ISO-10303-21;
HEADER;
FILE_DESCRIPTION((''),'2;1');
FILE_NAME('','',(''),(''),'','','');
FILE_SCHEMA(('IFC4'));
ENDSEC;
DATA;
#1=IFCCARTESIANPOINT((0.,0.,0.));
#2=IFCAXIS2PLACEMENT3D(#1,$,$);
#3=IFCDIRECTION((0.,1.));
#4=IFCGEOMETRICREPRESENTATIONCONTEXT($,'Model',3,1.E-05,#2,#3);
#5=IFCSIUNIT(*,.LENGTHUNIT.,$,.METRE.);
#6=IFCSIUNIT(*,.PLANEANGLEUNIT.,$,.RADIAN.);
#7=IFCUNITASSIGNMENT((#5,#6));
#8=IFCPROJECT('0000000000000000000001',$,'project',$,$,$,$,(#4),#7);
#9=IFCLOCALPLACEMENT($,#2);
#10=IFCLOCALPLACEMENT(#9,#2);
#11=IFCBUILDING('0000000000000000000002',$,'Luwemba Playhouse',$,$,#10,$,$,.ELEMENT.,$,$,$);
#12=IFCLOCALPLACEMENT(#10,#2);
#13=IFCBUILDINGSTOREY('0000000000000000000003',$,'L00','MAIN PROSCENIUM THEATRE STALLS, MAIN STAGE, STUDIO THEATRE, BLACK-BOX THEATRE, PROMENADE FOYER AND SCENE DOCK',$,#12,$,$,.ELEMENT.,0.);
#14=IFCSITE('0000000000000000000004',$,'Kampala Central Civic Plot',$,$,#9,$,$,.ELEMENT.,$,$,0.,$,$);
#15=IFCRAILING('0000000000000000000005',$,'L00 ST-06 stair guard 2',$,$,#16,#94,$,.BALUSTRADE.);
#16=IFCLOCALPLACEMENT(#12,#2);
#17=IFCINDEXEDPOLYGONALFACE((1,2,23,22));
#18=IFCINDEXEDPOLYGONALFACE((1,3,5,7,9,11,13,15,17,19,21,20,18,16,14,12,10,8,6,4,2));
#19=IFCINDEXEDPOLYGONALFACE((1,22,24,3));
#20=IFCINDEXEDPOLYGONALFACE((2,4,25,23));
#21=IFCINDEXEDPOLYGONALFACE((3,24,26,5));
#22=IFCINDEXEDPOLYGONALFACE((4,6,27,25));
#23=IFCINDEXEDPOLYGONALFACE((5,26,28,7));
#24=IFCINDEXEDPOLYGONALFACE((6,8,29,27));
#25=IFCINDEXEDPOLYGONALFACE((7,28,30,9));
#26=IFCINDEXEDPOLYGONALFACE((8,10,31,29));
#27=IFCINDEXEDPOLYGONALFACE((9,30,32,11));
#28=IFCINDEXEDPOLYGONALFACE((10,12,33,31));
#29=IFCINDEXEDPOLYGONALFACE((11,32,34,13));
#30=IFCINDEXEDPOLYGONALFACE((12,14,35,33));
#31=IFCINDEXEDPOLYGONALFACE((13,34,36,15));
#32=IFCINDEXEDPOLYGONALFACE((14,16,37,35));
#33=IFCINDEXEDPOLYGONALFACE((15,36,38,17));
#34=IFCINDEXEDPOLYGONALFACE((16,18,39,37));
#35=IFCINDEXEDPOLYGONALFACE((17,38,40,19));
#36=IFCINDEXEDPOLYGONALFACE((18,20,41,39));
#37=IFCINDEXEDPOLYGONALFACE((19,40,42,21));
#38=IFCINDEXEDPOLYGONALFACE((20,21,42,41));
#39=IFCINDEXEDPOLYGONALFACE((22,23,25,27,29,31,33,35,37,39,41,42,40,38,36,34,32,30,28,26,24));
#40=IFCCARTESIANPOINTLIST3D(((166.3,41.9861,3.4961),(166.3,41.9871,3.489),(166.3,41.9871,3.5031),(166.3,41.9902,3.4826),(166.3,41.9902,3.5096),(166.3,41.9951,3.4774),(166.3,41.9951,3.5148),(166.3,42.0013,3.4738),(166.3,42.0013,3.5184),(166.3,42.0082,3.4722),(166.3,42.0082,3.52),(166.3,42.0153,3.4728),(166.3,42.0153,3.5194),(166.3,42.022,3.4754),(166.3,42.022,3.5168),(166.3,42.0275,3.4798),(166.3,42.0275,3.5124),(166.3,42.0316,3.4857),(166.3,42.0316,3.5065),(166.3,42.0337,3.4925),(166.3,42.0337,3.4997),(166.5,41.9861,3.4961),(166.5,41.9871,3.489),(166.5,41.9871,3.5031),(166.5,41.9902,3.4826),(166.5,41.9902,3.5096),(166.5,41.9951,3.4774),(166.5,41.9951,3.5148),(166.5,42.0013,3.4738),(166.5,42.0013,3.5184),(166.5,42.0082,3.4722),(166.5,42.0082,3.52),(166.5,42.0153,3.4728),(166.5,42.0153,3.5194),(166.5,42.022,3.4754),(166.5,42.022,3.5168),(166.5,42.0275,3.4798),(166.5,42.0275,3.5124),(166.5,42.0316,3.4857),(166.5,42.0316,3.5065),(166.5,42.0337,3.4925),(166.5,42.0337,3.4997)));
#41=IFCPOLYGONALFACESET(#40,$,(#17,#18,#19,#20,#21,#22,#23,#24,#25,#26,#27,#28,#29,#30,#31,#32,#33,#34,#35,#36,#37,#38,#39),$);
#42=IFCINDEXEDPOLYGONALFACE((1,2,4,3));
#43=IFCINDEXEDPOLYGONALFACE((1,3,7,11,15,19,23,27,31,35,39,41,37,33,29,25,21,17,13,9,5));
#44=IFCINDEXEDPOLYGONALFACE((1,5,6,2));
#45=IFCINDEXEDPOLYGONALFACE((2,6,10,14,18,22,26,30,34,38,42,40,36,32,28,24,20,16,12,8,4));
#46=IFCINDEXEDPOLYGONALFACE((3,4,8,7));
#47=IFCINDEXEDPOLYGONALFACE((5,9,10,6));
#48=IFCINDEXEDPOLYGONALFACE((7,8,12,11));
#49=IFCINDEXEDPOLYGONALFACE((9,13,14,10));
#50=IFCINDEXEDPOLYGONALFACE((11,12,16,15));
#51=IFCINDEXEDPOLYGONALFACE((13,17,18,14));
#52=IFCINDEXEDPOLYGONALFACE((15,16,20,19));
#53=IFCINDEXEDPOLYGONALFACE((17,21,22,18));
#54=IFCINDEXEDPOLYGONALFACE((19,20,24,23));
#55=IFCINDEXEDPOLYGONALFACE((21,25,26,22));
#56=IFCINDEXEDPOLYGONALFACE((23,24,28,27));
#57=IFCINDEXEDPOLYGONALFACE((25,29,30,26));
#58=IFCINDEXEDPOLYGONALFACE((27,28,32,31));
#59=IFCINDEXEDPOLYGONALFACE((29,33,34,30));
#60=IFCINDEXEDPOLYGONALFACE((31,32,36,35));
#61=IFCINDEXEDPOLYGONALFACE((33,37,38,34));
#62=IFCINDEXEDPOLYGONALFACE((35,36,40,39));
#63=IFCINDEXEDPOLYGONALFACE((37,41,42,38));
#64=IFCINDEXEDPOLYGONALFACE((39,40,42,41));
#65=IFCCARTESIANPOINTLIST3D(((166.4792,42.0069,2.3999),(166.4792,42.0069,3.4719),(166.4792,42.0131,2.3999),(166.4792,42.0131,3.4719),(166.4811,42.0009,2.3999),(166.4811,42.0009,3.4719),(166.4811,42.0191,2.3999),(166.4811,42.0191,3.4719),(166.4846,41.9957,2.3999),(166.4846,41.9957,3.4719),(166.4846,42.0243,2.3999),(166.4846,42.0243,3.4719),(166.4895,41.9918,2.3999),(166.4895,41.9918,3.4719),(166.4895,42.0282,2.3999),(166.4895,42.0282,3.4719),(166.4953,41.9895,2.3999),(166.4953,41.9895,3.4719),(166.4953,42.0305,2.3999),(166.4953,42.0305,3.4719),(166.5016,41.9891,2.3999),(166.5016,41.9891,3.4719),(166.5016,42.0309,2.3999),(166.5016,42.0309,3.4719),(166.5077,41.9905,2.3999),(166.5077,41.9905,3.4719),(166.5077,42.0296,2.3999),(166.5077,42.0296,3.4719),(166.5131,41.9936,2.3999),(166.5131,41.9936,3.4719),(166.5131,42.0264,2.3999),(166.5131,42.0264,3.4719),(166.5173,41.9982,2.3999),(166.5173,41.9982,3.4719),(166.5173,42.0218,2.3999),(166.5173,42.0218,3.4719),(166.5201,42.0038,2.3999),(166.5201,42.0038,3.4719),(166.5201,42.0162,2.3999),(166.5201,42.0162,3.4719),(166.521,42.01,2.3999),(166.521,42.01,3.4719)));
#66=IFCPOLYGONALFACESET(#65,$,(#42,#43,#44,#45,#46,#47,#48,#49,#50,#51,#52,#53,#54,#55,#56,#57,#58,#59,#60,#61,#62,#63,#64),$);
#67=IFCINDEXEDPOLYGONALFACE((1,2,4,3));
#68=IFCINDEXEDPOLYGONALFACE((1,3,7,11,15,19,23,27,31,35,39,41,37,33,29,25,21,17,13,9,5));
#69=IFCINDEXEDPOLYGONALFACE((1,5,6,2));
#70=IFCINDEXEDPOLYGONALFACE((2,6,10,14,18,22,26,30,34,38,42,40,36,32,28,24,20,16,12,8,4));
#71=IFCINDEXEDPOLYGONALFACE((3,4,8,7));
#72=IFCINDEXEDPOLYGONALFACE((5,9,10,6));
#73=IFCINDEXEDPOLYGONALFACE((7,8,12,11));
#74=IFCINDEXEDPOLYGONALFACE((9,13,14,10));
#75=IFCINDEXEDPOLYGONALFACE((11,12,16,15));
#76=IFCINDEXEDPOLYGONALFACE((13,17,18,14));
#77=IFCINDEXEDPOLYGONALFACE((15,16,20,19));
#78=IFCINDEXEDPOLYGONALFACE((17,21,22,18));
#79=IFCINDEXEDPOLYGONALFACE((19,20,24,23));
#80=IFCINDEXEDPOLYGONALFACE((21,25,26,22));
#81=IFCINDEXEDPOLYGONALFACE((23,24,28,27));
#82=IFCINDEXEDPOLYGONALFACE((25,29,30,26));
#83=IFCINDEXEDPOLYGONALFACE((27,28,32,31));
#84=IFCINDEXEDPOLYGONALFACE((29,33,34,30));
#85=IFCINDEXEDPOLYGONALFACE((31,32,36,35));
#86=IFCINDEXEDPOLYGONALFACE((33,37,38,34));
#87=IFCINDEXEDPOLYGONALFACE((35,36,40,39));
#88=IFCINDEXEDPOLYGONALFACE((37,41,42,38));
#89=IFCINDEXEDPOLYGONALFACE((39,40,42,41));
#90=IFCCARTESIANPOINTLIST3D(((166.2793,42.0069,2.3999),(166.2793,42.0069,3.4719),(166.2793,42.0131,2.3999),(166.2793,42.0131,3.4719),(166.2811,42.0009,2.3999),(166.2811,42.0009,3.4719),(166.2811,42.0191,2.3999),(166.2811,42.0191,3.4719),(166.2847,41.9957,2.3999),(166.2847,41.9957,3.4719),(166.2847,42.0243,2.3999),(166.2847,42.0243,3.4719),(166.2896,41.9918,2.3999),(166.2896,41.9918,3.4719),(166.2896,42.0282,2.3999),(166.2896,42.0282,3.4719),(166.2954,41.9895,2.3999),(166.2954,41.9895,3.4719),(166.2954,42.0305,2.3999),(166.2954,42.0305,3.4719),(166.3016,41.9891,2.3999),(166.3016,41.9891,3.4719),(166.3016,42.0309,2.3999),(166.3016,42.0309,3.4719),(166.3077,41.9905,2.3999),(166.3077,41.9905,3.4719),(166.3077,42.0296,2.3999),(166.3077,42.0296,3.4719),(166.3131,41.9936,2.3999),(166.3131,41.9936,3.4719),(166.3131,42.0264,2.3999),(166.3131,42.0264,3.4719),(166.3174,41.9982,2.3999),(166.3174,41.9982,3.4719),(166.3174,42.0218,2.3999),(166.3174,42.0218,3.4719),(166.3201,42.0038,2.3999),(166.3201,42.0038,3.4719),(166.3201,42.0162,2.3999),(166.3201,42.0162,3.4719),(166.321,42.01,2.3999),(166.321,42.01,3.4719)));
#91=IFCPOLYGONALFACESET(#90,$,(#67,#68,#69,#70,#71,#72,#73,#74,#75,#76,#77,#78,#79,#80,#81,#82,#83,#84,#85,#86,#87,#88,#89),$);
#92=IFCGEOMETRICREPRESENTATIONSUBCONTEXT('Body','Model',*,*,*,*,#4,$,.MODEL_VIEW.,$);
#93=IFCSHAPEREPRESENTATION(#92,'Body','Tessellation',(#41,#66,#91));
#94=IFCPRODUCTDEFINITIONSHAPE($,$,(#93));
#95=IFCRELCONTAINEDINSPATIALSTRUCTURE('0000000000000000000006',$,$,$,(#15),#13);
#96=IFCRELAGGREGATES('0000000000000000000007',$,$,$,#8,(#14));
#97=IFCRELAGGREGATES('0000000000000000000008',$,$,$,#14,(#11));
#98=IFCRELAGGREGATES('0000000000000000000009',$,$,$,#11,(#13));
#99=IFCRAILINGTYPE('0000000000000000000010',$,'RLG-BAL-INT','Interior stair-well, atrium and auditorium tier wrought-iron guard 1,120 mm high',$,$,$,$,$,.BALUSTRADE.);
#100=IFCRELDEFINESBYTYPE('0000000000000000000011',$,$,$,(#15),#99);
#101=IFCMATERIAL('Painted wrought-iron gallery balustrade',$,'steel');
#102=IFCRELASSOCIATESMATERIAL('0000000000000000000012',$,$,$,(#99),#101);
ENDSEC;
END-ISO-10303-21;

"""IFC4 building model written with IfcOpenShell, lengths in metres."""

from ifc_helpers import new_model, si_unit, direction, frame, origin, origin_2d, place, context, subcontext, project, spatial, circle, extrude, material, type_object, element, save


model = new_model("IFC4")

# Units and contexts
model_context = context("Model", 3, precision=1e-05, world=origin(), true_north=direction((0.0, 1.0)))
body_context = subcontext(model_context, "Body", "Model", "MODEL_VIEW")
ifc_project = project(units=[si_unit("LENGTHUNIT", "METRE"), si_unit("PLANEANGLEUNIT", "RADIAN")], contexts=[model_context])

# Site, building, storey
site_placement = place(None, origin())
site = spatial("IfcSite", under=ifc_project, at=site_placement, Name="Kampala Central Civic Plot", CompositionType="ELEMENT", RefElevation=0.0)
building_placement = place(site_placement, origin())
building = spatial("IfcBuilding", under=site, at=building_placement, Name="Luwemba Playhouse", CompositionType="ELEMENT")
storey_placement = place(building_placement, origin())
storey = spatial("IfcBuildingStorey", under=building, at=storey_placement, Name="L00", Description="MAIN PROSCENIUM THEATRE STALLS, MAIN STAGE, STUDIO THEATRE, BLACK-BOX THEATRE, PROMENADE FOYER AND SCENE DOCK", CompositionType="ELEMENT", Elevation=0.0)

# Railing
ifc_material_1 = material(Name="Painted wrought-iron gallery balustrade", Category="steel")
railing_type_1 = type_object("IfcRailingType", Name="RLG-BAL-INT", Description="Interior stair-well, atrium and auditorium tier wrought-iron guard 1,120 mm high", PredefinedType="BALUSTRADE", material=ifc_material_1)
railing_1_placement = place(storey_placement, frame((166.5, 42.01, 2.3999)))
element("IfcRailing", 1, at=railing_1_placement, inside=storey, type_object=railing_type_1, Name="L00 ST-06 stair guard 2", PredefinedType="BALUSTRADE", context=body_context, shape_type="SweptSolid", body=[
    extrude(circle(Radius=0.0239, at=origin_2d()), frame((0.0, 0.0, 1.0962), z_axis=(-1.0, 0.0, 0.0), x_axis=(0.0, -1.0, 0.0)), (0.0, 0.0, 1.0), 0.2),
    extrude(circle(Radius=0.021, at=origin_2d()), origin(), (0.0, 0.0, 1.0), 1.072),
    extrude(circle(Radius=0.021, at=origin_2d()), frame((-0.2, 0.0, 0.0)), (0.0, 0.0, 1.0), 1.072),
])

save(model, "model.ifc")
